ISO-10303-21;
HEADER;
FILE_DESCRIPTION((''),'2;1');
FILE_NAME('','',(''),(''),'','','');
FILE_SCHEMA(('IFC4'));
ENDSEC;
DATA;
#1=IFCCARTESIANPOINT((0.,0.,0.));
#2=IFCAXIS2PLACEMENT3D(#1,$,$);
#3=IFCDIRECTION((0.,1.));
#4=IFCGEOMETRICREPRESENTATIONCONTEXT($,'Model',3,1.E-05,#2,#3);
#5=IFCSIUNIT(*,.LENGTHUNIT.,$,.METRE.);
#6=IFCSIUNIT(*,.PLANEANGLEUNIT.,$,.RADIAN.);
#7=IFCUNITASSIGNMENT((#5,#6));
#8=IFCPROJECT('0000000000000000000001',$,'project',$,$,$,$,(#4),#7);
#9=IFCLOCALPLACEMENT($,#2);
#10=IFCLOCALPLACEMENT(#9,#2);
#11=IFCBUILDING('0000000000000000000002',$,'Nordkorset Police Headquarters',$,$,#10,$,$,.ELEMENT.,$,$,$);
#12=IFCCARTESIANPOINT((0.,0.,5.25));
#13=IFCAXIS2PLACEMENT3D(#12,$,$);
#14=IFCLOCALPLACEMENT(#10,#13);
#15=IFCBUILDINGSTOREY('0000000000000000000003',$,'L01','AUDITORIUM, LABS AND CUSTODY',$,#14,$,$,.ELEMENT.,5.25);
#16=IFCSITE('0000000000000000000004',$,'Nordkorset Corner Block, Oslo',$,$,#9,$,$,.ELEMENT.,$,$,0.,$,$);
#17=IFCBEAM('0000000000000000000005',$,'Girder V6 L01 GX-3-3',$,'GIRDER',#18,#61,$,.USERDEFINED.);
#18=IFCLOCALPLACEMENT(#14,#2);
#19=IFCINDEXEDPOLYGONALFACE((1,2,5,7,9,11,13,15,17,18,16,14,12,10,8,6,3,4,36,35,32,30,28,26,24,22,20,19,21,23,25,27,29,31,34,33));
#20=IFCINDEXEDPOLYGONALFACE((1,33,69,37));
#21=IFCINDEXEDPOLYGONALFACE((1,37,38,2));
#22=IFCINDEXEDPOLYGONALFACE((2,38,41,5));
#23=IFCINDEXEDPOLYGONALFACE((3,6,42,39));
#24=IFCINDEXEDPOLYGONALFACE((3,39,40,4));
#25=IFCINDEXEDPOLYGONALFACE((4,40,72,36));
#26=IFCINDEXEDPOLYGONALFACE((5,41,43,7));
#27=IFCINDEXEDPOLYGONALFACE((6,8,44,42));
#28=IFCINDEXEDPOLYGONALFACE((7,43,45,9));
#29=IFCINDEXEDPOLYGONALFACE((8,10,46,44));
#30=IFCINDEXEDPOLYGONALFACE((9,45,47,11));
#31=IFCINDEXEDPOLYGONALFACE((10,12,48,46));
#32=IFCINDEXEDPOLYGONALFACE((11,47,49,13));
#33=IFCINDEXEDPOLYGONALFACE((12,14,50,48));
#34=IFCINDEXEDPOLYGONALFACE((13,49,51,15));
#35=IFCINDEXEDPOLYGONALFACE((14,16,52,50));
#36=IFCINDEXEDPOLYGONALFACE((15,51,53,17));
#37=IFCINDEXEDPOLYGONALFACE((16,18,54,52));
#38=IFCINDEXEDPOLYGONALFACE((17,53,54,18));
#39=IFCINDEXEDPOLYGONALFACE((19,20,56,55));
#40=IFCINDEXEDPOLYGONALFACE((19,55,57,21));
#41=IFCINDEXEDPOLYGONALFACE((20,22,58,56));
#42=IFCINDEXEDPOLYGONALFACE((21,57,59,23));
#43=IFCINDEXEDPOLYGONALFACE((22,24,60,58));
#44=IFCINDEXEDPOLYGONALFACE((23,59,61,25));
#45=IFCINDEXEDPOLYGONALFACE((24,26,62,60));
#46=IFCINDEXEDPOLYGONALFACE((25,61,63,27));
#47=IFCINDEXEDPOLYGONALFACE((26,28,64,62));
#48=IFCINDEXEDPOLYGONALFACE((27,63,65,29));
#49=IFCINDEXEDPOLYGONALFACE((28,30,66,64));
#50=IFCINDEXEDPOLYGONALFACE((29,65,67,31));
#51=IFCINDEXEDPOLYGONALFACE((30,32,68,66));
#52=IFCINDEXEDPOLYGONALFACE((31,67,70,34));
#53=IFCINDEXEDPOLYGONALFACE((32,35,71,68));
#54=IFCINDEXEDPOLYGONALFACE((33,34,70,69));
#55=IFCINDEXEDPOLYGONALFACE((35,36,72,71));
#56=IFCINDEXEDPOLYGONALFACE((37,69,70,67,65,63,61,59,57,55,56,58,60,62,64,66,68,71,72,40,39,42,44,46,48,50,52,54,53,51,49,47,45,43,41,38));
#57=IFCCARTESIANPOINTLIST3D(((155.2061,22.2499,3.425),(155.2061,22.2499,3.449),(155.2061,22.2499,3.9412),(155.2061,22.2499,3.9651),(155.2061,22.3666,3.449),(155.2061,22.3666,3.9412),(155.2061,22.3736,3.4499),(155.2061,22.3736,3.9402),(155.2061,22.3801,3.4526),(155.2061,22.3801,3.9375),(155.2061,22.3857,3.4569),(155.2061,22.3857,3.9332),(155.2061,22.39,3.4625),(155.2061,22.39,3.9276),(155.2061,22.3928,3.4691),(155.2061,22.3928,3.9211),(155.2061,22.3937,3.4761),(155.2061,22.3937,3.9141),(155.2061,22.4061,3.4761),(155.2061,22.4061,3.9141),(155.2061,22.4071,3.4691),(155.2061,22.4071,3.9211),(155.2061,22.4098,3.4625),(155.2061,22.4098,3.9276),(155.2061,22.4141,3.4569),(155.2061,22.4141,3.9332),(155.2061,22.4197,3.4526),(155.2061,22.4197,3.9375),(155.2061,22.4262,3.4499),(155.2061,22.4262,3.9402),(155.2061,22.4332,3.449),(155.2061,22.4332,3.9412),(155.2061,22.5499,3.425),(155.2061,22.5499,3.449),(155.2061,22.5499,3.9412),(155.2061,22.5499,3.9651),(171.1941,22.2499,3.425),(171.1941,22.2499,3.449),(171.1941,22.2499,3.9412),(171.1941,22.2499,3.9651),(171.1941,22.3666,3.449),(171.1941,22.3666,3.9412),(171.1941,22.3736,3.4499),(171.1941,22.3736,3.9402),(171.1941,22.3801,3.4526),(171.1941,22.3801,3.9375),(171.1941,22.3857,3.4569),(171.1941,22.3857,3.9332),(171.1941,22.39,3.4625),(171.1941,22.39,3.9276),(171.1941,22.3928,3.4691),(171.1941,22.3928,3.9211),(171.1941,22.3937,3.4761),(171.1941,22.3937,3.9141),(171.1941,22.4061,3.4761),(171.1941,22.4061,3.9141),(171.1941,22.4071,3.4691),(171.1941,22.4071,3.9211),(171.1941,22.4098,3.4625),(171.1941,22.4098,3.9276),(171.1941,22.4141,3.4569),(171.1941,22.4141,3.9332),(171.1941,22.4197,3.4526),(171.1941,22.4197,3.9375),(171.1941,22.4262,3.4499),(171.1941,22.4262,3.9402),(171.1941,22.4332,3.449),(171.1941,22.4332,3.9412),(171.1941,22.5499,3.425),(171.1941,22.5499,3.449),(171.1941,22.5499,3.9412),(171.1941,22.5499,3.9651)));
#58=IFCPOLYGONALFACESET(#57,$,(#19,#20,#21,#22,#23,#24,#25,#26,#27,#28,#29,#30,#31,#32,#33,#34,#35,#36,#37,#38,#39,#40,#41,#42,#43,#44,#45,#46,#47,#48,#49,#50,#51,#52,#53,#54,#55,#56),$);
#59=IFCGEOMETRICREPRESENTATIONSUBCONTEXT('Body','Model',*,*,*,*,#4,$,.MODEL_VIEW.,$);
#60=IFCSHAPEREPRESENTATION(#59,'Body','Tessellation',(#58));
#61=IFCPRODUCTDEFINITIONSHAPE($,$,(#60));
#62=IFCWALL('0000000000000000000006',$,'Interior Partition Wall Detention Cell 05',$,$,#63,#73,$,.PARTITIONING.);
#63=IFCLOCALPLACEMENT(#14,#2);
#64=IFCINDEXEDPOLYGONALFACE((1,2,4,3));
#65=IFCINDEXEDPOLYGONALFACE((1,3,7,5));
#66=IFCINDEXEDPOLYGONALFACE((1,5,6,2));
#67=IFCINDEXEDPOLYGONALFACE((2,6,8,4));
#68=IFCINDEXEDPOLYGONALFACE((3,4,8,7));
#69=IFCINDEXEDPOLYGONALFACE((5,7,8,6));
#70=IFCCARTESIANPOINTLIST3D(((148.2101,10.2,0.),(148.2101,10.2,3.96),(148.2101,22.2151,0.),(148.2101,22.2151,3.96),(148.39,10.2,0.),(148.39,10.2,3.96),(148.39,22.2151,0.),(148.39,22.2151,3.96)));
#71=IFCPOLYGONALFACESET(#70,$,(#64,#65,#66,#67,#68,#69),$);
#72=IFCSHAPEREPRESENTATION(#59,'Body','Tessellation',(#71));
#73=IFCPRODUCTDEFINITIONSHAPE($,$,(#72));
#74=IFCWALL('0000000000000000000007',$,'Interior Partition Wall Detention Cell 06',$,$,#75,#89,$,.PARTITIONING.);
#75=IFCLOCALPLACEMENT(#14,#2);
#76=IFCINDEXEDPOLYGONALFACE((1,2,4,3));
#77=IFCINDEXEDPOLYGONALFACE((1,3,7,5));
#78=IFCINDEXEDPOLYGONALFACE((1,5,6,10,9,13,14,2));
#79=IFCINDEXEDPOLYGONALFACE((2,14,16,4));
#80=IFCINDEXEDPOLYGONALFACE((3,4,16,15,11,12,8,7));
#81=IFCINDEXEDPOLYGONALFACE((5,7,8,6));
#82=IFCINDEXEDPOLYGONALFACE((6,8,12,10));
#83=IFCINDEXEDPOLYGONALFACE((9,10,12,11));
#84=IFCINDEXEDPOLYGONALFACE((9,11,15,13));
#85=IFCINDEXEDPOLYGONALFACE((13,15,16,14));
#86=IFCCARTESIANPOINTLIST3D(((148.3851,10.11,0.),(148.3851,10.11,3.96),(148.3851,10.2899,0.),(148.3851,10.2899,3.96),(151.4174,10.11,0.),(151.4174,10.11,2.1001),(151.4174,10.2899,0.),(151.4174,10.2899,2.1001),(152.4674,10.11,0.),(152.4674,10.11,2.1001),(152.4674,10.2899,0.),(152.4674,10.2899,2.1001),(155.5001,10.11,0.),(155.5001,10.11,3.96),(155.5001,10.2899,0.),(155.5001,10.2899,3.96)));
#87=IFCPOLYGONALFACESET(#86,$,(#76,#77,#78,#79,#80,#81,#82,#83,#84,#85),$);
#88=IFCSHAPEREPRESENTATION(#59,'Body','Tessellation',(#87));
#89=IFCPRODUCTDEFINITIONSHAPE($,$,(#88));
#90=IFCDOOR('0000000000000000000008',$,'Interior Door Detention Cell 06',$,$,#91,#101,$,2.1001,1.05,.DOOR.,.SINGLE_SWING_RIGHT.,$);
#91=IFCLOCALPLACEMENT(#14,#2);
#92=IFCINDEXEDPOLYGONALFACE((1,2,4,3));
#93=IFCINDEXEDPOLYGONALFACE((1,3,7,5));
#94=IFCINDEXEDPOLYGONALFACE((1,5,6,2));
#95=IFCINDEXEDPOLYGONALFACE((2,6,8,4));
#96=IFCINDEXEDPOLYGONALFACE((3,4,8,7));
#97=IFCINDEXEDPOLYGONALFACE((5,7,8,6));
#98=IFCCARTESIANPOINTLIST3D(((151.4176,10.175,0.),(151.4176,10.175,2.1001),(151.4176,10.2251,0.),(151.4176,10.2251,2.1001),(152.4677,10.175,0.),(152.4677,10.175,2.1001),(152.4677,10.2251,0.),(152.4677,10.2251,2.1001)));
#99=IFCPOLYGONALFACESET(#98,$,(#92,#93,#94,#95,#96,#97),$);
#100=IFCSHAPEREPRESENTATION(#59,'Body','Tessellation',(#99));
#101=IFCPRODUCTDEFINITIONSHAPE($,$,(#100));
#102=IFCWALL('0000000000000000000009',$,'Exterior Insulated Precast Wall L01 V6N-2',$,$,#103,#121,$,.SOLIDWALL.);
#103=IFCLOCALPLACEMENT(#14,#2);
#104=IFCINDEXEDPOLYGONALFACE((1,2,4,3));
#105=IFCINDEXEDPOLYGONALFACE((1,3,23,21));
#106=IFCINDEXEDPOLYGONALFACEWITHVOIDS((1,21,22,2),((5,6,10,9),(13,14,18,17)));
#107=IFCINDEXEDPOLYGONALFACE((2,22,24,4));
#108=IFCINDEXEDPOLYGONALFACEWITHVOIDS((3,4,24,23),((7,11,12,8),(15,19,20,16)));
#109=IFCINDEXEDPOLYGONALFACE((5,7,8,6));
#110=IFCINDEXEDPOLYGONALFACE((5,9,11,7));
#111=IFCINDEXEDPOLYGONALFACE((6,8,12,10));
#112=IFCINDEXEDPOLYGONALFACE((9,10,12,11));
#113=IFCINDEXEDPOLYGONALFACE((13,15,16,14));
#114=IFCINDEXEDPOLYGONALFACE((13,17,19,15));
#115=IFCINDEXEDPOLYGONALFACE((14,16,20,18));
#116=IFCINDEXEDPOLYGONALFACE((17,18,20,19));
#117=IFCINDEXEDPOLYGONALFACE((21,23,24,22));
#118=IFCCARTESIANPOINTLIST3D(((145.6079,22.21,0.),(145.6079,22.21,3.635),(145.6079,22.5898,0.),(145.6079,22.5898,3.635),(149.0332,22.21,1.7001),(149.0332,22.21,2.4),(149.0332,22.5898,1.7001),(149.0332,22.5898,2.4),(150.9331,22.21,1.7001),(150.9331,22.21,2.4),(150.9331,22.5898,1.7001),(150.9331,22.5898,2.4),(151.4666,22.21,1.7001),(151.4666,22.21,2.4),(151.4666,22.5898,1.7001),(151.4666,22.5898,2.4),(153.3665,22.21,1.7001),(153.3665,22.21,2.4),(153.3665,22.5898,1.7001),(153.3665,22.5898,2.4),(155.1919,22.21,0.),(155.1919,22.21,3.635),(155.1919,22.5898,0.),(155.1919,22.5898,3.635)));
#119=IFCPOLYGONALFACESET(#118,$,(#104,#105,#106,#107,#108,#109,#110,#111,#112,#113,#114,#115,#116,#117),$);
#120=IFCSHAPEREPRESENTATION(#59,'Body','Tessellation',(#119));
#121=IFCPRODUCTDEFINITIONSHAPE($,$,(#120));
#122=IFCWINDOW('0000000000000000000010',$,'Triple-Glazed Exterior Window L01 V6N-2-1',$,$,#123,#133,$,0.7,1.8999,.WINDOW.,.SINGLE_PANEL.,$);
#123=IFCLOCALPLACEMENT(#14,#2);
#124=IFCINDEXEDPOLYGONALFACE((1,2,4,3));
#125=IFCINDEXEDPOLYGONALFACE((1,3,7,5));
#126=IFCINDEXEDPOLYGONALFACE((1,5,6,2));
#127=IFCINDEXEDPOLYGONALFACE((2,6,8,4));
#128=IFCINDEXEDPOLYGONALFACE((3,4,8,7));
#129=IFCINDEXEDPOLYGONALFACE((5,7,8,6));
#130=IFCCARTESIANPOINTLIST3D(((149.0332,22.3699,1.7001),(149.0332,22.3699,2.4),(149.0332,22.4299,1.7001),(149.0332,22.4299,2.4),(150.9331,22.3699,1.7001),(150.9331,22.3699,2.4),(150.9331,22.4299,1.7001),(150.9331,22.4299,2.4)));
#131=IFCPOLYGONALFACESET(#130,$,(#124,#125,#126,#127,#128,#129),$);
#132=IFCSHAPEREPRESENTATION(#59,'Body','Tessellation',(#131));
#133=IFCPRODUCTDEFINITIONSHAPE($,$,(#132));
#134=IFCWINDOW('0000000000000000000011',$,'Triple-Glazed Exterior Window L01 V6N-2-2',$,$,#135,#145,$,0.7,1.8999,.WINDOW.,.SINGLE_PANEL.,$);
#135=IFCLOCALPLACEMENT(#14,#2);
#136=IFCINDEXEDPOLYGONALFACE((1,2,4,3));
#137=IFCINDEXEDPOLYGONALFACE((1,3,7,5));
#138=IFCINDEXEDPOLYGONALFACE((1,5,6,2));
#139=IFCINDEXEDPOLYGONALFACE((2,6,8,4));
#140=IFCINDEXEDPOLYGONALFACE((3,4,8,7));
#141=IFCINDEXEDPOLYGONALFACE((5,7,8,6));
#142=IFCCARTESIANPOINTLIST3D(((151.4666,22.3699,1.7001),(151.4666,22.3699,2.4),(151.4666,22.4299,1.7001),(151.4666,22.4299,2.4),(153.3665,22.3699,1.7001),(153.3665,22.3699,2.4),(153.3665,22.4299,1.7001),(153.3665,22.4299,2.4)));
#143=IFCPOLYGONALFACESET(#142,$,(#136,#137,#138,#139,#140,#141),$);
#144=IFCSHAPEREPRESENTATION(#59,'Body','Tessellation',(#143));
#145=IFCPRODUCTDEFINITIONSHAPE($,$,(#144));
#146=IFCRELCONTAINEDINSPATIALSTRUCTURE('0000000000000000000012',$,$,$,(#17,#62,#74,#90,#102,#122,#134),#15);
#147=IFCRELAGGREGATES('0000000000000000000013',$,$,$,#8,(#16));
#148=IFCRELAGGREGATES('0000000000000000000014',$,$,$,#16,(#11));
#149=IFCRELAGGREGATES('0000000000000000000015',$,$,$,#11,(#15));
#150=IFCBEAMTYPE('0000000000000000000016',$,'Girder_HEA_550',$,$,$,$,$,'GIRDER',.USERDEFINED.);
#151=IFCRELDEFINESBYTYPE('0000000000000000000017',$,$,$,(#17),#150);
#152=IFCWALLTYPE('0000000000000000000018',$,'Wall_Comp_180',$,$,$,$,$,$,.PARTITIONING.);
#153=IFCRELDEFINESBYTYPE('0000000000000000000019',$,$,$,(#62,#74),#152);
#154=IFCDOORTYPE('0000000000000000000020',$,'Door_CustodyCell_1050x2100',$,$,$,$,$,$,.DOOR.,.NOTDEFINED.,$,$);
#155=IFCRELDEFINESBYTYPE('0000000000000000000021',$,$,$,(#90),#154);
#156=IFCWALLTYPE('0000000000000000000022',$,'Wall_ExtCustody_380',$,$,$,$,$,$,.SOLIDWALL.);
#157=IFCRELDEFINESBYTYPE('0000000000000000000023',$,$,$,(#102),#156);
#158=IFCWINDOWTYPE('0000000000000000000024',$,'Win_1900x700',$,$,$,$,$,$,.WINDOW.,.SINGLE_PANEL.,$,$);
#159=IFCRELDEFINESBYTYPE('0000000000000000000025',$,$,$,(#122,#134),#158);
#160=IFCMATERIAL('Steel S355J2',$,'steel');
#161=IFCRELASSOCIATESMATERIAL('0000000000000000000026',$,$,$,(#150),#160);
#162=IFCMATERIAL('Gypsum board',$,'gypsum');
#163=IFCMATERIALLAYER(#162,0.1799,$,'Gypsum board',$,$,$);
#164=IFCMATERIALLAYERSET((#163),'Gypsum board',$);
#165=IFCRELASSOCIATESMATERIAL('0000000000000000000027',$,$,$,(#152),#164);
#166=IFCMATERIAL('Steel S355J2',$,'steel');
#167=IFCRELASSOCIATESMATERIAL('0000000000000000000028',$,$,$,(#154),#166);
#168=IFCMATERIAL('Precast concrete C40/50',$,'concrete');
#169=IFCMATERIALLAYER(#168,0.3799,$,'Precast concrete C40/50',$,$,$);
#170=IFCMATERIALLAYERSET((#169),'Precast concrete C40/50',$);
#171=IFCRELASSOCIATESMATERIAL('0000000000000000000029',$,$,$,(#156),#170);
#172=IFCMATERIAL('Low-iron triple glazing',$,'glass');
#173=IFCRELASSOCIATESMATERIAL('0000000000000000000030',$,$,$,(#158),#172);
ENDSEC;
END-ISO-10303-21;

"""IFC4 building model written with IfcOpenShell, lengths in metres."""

from ifc_helpers import new_model, si_unit, direction, frame, frame_2d, origin, origin_2d, place, context, subcontext, project, spatial, rectangle, i_section, extrude, material, layer, layer_set, material_profile, profile_set, type_object, element, fill, save


model = new_model("IFC4")

# Units and contexts
model_context = context("Model", 3, precision=1e-05, world=origin(), true_north=direction((0.0, 1.0)))
body_context = subcontext(model_context, "Body", "Model", "MODEL_VIEW")
ifc_project = project(units=[si_unit("LENGTHUNIT", "METRE"), si_unit("PLANEANGLEUNIT", "RADIAN")], contexts=[model_context])

# Site, building, storey
site_placement = place(None, origin())
site = spatial("IfcSite", under=ifc_project, at=site_placement, Name="Nordkorset Corner Block, Oslo", CompositionType="ELEMENT", RefElevation=0.0)
building_placement = place(site_placement, origin())
building = spatial("IfcBuilding", under=site, at=building_placement, Name="Nordkorset Police Headquarters", CompositionType="ELEMENT")
storey_placement = place(building_placement, frame((0.0, 0.0, 5.25)))
storey = spatial("IfcBuildingStorey", under=building, at=storey_placement, Name="L01", Description="AUDITORIUM, LABS AND CUSTODY", CompositionType="ELEMENT", Elevation=5.25)

# Beam
ifc_material_1 = material(Name="Steel S355J2", Category="steel")
ifc_material_profile_1 = material_profile(ifc_material_1, i_section(OverallWidth=0.3, OverallDepth=0.54, WebThickness=0.0125, FlangeThickness=0.0239, FilletRadius=0.0271, at=origin_2d()), Name="HEA 550")
ifc_profile_set_1 = profile_set([ifc_material_profile_1], Name="Steel S355J2")
beam_type_1 = type_object("IfcBeamType", Name="Girder_HEA_550", ElementType="GIRDER", PredefinedType="USERDEFINED", material=ifc_profile_set_1)
for number, where, z_axis, x_axis, name in (
    (1, (155.2061, 22.3999, 3.6951), (1.0, 0.0, 0.0), (0.0, 1.0, 0.0), "Girder V6 L01 GX-3-3"),
):
    element("IfcBeam", number, at=place(storey_placement, frame(where, z_axis=z_axis, x_axis=x_axis)), inside=storey, type_object=beam_type_1, Name=name, ObjectType="GIRDER", PredefinedType="USERDEFINED", context=body_context, shape_type="SweptSolid", body=[
        extrude(i_section(OverallWidth=0.3, OverallDepth=0.54, WebThickness=0.0125, FlangeThickness=0.0239, FilletRadius=0.0271, at=origin_2d()), origin(), (0.0, 0.0, 1.0), 15.988),
    ])

# Wall
ifc_material_2 = material(Name="Gypsum board", Category="gypsum")
ifc_layer_1 = layer(ifc_material_2, 0.1799, Name="Gypsum board")
ifc_layer_set_1 = layer_set([ifc_layer_1], Name="Gypsum board")
wall_type_1 = type_object("IfcWallType", Name="Wall_Comp_180", PredefinedType="PARTITIONING", material=ifc_layer_set_1)
wall_1_placement = place(storey_placement, frame((148.3, 10.2, 0.0), z_axis=(0.0, 0.0, 1.0), x_axis=(0.0, 1.0, 0.0)))
element("IfcWall", 2, at=wall_1_placement, inside=storey, type_object=wall_type_1, Name="Interior Partition Wall Detention Cell 05", PredefinedType="PARTITIONING", context=body_context, shape_type="SweptSolid", body=[
    extrude(rectangle(XDim=12.0151, YDim=0.1799, at=frame_2d((6.0076, 0.0))), origin(), (0.0, 0.0, 1.0), 3.96),
])

# Wall, opening, door
wall_2_placement = place(storey_placement, frame((148.385, 10.2, 0.0), z_axis=(0.0, 0.0, 1.0), x_axis=(1.0, 0.0, 0.0)))
wall_2 = element("IfcWall", 3, at=wall_2_placement, inside=storey, type_object=wall_type_1, Name="Interior Partition Wall Detention Cell 06", PredefinedType="PARTITIONING", context=body_context, shape_type="SweptSolid", body=[
    extrude(rectangle(XDim=7.115, YDim=0.1799, at=frame_2d((3.5576, 0.0))), origin(), (0.0, 0.0, 1.0), 3.96),
])
opening_1_placement = place(wall_2_placement, frame((3.0325, 0.0, 0.0)))
opening_1 = element("IfcOpeningElement", 4, at=opening_1_placement, cuts=wall_2, PredefinedType="OPENING", context=body_context, shape_type="SweptSolid", body=[
    extrude(rectangle(XDim=1.05, YDim=2.1001, at=frame_2d((0.5249, 1.05))), frame((0.0, 0.1001, 0.0), z_axis=(0.0, -1.0, 0.0), x_axis=(1.0, 0.0, 0.0)), (0.0, 0.0, 1.0), 0.2),
])
ifc_material_3 = material(Name="Steel S355J2", Category="steel")
door_type_1 = type_object("IfcDoorType", Name="Door_CustodyCell_1050x2100", OperationType="NOTDEFINED", PredefinedType="DOOR", material=ifc_material_3)
door_1_placement = place(opening_1_placement, frame((1.05, 0.0, 0.0), z_axis=(0.0, 0.0, 1.0), x_axis=(-1.0, 0.0, 0.0)))
door_1 = element("IfcDoor", 5, at=door_1_placement, inside=storey, type_object=door_type_1, Name="Interior Door Detention Cell 06", OperationType="SINGLE_SWING_RIGHT", OverallHeight=2.1001, OverallWidth=1.05, PredefinedType="DOOR", context=body_context, shape_type="SweptSolid", body=[
    extrude(rectangle(XDim=1.05, YDim=2.1001, at=frame_2d((0.5249, 1.05))), frame((0.0, 0.0249, 0.0), z_axis=(0.0, -1.0, 0.0), x_axis=(1.0, 0.0, 0.0)), (0.0, 0.0, 1.0), 0.05),
])
fill(opening_1, door_1)

# Wall, openings, windows
ifc_material_4 = material(Name="Precast concrete C40/50", Category="concrete")
ifc_layer_2 = layer(ifc_material_4, 0.3799, Name="Precast concrete C40/50")
ifc_layer_set_2 = layer_set([ifc_layer_2], Name="Precast concrete C40/50")
wall_type_2 = type_object("IfcWallType", Name="Wall_ExtCustody_380", PredefinedType="SOLIDWALL", material=ifc_layer_set_2)
wall_3_placement = place(storey_placement, frame((145.6079, 22.3999, 0.0), z_axis=(0.0, 0.0, 1.0), x_axis=(1.0, 0.0, 0.0)))
wall_3 = element("IfcWall", 6, at=wall_3_placement, inside=storey, type_object=wall_type_2, Name="Exterior Insulated Precast Wall L01 V6N-2", PredefinedType="SOLIDWALL", context=body_context, shape_type="SweptSolid", body=[
    extrude(rectangle(XDim=9.584, YDim=0.3799, at=frame_2d((4.792, 0.0))), origin(), (0.0, 0.0, 1.0), 3.635),
])
opening_2_placement = place(wall_3_placement, frame((3.4253, 0.0, 1.7)))
opening_2 = element("IfcOpeningElement", 7, at=opening_2_placement, cuts=wall_3, PredefinedType="OPENING", context=body_context, shape_type="SweptSolid", body=[
    extrude(rectangle(XDim=1.8999, YDim=0.7, at=frame_2d((0.95, 0.3501))), frame((0.0, 0.2, 0.0), z_axis=(0.0, -1.0, 0.0), x_axis=(1.0, 0.0, 0.0)), (0.0, 0.0, 1.0), 0.3999),
])
opening_3_placement = place(wall_3_placement, frame((5.8586, 0.0, 1.7)))
opening_3 = element("IfcOpeningElement", 8, at=opening_3_placement, cuts=wall_3, PredefinedType="OPENING", context=body_context, shape_type="SweptSolid", body=[
    extrude(rectangle(XDim=1.8999, YDim=0.7, at=frame_2d((0.95, 0.3501))), frame((0.0, 0.2, 0.0), z_axis=(0.0, -1.0, 0.0), x_axis=(1.0, 0.0, 0.0)), (0.0, 0.0, 1.0), 0.3999),
])
ifc_material_5 = material(Name="Low-iron triple glazing", Category="glass")
window_type_1 = type_object("IfcWindowType", Name="Win_1900x700", PartitioningType="SINGLE_PANEL", PredefinedType="WINDOW", material=ifc_material_5)
window_1_placement = place(opening_2_placement, origin())
window_1 = element("IfcWindow", 9, at=window_1_placement, inside=storey, type_object=window_type_1, Name="Triple-Glazed Exterior Window L01 V6N-2-1", OverallHeight=0.7, OverallWidth=1.8999, PartitioningType="SINGLE_PANEL", PredefinedType="WINDOW", context=body_context, shape_type="SweptSolid", body=[
    extrude(rectangle(XDim=1.8999, YDim=0.7, at=frame_2d((0.95, 0.3501))), frame((0.0, 0.03, 0.0), z_axis=(0.0, -1.0, 0.0), x_axis=(1.0, 0.0, 0.0)), (0.0, 0.0, 1.0), 0.0601),
])
fill(opening_2, window_1)
window_2_placement = place(opening_3_placement, origin())
window_2 = element("IfcWindow", 10, at=window_2_placement, inside=storey, type_object=window_type_1, Name="Triple-Glazed Exterior Window L01 V6N-2-2", OverallHeight=0.7, OverallWidth=1.8999, PartitioningType="SINGLE_PANEL", PredefinedType="WINDOW", context=body_context, shape_type="SweptSolid", body=[
    extrude(rectangle(XDim=1.8999, YDim=0.7, at=frame_2d((0.95, 0.3501))), frame((0.0, 0.03, 0.0), z_axis=(0.0, -1.0, 0.0), x_axis=(1.0, 0.0, 0.0)), (0.0, 0.0, 1.0), 0.0601),
])
fill(opening_3, window_2)

save(model, "model.ifc")
